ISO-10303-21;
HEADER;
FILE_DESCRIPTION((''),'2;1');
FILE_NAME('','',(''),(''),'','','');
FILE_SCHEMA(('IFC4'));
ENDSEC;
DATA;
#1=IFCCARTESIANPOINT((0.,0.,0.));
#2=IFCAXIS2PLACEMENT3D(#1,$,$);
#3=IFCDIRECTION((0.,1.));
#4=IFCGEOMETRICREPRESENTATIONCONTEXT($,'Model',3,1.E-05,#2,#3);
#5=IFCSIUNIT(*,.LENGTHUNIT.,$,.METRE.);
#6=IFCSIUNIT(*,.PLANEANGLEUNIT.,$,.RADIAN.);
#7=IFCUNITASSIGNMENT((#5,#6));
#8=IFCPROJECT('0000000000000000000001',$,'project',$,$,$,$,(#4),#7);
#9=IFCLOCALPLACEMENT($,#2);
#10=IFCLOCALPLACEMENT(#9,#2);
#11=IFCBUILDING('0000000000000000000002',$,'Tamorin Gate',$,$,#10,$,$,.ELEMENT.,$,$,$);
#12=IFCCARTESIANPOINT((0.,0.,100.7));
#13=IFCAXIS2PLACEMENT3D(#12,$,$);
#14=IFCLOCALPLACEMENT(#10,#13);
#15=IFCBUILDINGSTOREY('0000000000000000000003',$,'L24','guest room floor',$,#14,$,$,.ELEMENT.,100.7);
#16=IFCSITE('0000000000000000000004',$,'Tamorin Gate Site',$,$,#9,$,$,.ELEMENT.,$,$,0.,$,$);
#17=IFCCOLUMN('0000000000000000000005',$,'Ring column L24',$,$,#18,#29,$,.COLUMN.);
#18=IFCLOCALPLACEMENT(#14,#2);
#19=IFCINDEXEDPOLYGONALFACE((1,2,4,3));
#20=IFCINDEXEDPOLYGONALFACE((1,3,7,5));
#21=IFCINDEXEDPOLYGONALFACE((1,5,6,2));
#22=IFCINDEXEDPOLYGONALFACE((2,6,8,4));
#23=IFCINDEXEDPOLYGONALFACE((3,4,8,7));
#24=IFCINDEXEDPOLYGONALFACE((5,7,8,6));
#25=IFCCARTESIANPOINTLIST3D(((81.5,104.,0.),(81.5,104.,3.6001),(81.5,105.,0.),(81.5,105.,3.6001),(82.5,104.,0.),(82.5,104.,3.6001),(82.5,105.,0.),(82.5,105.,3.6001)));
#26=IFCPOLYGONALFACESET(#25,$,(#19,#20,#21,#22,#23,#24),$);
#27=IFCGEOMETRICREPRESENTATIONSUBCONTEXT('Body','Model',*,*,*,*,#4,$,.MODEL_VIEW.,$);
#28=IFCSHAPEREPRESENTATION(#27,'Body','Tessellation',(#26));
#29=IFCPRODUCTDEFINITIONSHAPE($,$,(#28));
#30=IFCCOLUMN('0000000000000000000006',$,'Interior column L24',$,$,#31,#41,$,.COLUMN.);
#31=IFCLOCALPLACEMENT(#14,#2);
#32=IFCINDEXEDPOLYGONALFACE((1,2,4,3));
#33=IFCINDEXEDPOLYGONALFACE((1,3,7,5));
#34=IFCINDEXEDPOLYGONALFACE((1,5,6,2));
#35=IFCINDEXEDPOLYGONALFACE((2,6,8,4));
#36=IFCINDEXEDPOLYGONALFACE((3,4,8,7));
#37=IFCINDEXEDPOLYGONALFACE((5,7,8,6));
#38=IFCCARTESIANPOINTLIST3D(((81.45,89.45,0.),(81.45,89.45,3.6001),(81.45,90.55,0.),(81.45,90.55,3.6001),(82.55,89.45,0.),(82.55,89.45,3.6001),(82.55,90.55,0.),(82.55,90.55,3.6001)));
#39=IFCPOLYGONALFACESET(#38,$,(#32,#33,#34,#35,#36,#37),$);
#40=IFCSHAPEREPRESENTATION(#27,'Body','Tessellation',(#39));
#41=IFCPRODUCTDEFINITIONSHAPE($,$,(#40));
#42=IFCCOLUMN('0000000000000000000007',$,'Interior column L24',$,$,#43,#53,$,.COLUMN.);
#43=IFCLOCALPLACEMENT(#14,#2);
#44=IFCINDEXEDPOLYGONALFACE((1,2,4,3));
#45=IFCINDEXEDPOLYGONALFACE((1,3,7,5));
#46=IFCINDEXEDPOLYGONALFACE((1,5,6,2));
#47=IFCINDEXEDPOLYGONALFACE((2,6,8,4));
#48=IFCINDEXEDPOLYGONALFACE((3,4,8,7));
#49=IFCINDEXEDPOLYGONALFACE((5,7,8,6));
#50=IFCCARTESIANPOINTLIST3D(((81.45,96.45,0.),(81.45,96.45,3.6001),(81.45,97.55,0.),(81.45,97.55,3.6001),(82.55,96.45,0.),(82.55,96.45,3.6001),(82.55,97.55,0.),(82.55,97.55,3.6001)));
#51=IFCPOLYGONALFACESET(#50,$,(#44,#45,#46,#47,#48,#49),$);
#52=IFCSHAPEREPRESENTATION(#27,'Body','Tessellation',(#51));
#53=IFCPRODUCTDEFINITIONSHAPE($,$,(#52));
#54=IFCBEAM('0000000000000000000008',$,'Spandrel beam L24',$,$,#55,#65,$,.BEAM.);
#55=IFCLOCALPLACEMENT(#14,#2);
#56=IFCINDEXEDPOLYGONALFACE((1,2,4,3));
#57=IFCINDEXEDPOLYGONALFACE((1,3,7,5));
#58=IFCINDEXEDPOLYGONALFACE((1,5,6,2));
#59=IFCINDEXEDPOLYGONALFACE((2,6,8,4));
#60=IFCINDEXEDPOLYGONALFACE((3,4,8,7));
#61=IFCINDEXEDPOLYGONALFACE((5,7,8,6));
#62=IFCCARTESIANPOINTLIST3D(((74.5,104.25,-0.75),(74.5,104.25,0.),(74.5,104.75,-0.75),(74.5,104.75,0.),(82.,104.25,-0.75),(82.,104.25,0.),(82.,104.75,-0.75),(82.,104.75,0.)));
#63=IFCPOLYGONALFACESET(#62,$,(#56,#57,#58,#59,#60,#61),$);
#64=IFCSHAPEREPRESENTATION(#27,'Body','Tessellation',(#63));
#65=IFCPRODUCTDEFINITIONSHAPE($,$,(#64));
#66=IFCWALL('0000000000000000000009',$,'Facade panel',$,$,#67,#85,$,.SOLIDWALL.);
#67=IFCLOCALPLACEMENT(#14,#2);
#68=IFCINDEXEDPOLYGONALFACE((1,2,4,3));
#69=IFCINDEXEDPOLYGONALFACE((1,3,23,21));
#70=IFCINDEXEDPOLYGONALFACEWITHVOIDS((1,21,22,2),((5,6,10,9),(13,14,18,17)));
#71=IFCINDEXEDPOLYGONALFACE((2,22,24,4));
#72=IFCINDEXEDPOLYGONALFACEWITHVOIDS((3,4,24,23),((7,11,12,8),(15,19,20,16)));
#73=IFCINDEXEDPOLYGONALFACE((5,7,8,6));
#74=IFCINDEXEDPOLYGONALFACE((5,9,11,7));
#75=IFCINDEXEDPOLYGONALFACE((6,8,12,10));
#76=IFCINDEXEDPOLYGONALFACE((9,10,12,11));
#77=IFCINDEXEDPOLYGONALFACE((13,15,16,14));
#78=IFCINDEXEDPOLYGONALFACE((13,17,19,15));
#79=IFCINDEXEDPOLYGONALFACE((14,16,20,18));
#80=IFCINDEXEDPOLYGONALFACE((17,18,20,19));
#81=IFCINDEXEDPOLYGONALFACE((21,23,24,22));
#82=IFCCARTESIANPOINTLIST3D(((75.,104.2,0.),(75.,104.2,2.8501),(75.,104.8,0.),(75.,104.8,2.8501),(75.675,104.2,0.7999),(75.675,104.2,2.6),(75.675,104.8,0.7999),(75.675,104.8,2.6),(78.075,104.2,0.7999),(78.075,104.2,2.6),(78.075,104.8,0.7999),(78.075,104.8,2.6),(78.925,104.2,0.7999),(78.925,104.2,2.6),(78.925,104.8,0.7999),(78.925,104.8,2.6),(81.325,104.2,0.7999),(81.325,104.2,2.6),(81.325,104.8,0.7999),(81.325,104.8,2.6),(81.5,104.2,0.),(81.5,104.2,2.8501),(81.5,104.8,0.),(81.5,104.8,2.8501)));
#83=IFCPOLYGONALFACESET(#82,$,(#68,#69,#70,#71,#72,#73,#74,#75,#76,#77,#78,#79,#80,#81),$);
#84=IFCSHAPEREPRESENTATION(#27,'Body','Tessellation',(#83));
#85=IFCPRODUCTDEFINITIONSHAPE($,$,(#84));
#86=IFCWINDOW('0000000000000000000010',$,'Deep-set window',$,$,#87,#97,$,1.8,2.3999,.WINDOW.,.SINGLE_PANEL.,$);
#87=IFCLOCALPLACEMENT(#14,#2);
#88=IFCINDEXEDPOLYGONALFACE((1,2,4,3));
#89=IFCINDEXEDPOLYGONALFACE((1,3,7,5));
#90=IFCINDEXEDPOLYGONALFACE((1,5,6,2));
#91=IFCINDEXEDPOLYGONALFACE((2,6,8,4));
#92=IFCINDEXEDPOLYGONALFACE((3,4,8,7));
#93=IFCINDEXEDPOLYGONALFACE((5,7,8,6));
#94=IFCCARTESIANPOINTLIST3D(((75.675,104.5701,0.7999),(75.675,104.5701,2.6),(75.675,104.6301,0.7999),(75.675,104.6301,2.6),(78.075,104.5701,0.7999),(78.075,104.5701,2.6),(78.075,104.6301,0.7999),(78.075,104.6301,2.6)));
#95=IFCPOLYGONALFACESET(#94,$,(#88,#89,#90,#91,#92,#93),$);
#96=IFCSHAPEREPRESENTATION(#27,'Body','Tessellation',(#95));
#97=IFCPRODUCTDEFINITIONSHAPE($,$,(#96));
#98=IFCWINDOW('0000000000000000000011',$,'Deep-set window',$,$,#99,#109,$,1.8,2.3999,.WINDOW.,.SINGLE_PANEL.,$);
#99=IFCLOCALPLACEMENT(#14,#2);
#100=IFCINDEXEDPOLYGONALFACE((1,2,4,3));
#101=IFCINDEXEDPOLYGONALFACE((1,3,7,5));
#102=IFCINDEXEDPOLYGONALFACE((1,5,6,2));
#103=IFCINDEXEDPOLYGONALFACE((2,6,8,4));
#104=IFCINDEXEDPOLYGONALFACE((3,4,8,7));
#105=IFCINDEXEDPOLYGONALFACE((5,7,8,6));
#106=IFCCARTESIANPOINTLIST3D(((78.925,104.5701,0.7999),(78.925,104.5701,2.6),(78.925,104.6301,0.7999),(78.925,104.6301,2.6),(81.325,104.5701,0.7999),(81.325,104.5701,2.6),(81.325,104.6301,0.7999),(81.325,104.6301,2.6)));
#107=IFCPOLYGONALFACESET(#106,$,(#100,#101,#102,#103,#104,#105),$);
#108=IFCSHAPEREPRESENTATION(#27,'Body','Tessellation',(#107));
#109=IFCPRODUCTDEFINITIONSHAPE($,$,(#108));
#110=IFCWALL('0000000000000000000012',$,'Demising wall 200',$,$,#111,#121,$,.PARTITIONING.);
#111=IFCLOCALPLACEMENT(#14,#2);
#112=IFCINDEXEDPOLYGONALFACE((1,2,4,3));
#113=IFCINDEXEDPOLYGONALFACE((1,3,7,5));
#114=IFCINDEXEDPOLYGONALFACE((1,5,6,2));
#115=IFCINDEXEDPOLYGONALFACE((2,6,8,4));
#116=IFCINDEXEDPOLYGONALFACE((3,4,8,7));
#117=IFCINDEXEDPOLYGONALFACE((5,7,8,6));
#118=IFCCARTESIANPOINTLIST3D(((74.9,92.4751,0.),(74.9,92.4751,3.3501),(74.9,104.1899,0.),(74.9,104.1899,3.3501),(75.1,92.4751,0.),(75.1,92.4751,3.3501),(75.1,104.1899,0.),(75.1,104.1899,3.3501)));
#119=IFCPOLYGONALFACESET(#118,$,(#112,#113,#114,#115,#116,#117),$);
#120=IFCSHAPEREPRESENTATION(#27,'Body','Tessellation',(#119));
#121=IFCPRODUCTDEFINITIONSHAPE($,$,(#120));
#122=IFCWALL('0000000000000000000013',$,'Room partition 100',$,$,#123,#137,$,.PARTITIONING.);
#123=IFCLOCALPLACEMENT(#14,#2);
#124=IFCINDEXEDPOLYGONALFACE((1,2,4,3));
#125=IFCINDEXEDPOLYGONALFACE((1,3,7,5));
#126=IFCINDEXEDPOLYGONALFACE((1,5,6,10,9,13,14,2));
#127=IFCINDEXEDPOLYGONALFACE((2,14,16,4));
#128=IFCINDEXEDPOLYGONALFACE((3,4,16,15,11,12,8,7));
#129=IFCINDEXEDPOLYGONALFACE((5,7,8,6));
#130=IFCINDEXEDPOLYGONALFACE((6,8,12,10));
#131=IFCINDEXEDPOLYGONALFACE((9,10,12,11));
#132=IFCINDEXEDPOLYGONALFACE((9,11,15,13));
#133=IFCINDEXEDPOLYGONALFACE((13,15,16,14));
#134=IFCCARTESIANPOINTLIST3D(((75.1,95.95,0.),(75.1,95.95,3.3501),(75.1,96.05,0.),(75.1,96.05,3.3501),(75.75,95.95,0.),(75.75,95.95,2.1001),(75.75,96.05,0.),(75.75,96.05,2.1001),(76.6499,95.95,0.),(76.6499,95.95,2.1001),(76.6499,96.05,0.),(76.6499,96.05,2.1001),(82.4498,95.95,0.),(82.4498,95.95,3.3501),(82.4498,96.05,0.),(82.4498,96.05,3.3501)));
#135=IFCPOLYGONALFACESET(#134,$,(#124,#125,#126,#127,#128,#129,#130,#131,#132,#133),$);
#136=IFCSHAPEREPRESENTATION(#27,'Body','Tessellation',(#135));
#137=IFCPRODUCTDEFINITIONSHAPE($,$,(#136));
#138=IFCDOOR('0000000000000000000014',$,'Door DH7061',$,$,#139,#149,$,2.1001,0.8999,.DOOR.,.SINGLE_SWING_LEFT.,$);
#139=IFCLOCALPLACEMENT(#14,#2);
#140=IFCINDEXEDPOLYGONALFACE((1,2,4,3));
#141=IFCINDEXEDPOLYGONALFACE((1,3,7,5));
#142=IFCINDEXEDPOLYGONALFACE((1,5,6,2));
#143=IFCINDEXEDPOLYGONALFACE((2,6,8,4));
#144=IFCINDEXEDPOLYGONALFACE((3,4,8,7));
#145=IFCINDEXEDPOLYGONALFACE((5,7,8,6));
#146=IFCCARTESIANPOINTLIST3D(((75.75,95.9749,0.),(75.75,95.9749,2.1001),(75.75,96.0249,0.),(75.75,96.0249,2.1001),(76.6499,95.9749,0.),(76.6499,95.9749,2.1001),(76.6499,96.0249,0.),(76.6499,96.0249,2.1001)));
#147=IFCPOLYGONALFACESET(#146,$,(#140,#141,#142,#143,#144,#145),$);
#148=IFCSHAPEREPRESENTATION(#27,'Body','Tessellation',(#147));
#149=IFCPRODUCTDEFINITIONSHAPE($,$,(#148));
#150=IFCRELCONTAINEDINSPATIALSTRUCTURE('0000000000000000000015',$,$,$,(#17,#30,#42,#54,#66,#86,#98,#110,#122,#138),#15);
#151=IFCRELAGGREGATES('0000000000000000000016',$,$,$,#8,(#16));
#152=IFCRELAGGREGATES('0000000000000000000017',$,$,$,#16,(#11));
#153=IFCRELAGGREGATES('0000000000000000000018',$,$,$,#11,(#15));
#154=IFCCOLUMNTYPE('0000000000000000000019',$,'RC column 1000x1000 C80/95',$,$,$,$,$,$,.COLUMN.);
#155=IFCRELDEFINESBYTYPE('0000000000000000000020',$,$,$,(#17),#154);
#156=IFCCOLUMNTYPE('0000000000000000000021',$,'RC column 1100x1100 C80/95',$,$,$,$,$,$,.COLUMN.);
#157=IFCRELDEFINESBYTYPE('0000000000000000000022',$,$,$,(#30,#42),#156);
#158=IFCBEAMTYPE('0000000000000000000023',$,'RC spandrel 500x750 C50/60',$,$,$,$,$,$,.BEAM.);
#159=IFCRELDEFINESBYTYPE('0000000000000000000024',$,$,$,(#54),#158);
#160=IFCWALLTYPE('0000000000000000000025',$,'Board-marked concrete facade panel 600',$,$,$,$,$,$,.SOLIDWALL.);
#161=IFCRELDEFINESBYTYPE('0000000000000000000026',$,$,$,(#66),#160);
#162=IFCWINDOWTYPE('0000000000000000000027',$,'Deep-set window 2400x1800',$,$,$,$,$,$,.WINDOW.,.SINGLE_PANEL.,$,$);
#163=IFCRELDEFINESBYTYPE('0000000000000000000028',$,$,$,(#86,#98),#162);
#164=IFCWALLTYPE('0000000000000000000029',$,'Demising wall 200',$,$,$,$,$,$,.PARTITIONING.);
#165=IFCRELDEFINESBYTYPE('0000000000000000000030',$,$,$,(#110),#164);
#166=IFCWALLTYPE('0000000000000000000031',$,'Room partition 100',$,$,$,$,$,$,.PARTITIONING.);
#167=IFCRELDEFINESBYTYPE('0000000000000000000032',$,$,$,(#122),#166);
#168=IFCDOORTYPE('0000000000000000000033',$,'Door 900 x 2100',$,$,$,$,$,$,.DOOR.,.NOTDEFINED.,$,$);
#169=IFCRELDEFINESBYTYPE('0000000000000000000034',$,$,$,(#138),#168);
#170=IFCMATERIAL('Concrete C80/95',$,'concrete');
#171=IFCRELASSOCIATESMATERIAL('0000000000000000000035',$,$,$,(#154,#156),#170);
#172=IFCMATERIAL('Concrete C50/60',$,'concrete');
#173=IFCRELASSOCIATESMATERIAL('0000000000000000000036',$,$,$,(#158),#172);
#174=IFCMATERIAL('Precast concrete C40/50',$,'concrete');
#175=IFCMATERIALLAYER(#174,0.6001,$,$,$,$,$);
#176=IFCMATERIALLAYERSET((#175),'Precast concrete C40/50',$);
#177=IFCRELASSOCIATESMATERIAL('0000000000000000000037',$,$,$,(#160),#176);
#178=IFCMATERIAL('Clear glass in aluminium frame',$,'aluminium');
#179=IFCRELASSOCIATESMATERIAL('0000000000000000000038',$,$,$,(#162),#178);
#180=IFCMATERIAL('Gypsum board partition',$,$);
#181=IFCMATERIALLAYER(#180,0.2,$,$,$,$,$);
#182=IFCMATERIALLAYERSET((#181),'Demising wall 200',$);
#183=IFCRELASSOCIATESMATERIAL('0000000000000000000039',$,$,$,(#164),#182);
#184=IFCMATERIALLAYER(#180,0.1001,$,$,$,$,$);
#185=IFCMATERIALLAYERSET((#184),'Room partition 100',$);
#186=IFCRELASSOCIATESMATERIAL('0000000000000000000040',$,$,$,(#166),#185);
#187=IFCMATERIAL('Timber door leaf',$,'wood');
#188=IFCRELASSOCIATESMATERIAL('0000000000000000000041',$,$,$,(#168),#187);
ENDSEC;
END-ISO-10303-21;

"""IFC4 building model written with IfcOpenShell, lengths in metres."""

from ifc_helpers import new_model, si_unit, direction, frame, frame_2d, origin, origin_2d, place, context, subcontext, project, spatial, rectangle, extrude, material, layer, layer_set, material_profile, profile_set, type_object, element, fill, save


model = new_model("IFC4")

# Units and contexts
model_context = context("Model", 3, precision=1e-05, world=origin(), true_north=direction((0.0, 1.0)))
body_context = subcontext(model_context, "Body", "Model", "MODEL_VIEW")
ifc_project = project(units=[si_unit("LENGTHUNIT", "METRE"), si_unit("PLANEANGLEUNIT", "RADIAN")], contexts=[model_context])

# Site, building, storey
site_placement = place(None, origin())
site = spatial("IfcSite", under=ifc_project, at=site_placement, Name="Tamorin Gate Site", CompositionType="ELEMENT", RefElevation=0.0)
building_placement = place(site_placement, origin())
building = spatial("IfcBuilding", under=site, at=building_placement, Name="Tamorin Gate", CompositionType="ELEMENT")
storey_placement = place(building_placement, frame((0.0, 0.0, 100.7)))
storey = spatial("IfcBuildingStorey", under=building, at=storey_placement, Name="L24", Description="guest room floor", CompositionType="ELEMENT", Elevation=100.7)

# Columns
ifc_material_1 = material(Name="Concrete C80/95", Category="concrete")
ifc_material_profile_1 = material_profile(ifc_material_1, rectangle(XDim=1.0, YDim=1.0, at=origin_2d()), Name="RC 1000x1000")
ifc_profile_set_1 = profile_set([ifc_material_profile_1], Name="Concrete C80/95")
column_type_1 = type_object("IfcColumnType", Name="RC column 1000x1000 C80/95", PredefinedType="COLUMN", material=ifc_profile_set_1)
column_placement = place(storey_placement, frame((82.0, 104.5, 0.0), z_axis=(0.0, 0.0, 1.0), x_axis=(1.0, 0.0, 0.0)))
element("IfcColumn", 1, at=column_placement, inside=storey, type_object=column_type_1, Name="Ring column L24", PredefinedType="COLUMN", context=body_context, shape_type="SweptSolid", body=[
    extrude(rectangle(XDim=1.0, YDim=1.0, at=origin_2d()), origin(), (0.0, 0.0, 1.0), 3.6001),
])
ifc_material_profile_2 = material_profile(ifc_material_1, rectangle(XDim=1.1001, YDim=1.1001, at=origin_2d()), Name="RC 1100x1100")
ifc_profile_set_2 = profile_set([ifc_material_profile_2], Name="Concrete C80/95")
column_type_2 = type_object("IfcColumnType", Name="RC column 1100x1100 C80/95", PredefinedType="COLUMN", material=ifc_profile_set_2)
for number, where, z_axis, x_axis, name in (
    (2, (82.0, 90.0, 0.0), (0.0, 0.0, 1.0), (1.0, 0.0, 0.0), "Interior column L24"),
    (3, (82.0, 97.0, 0.0), (0.0, 0.0, 1.0), (1.0, 0.0, 0.0), "Interior column L24"),
):
    element("IfcColumn", number, at=place(storey_placement, frame(where, z_axis=z_axis, x_axis=x_axis)), inside=storey, type_object=column_type_2, Name=name, PredefinedType="COLUMN", context=body_context, shape_type="SweptSolid", body=[
        extrude(rectangle(XDim=1.1001, YDim=1.1001, at=origin_2d()), origin(), (0.0, 0.0, 1.0), 3.6001),
    ])

# Beam
ifc_material_2 = material(Name="Concrete C50/60", Category="concrete")
ifc_material_profile_3 = material_profile(ifc_material_2, rectangle(XDim=0.5, YDim=0.75, at=origin_2d()), Name="RC 500x750")
ifc_profile_set_3 = profile_set([ifc_material_profile_3], Name="Concrete C50/60")
beam_type = type_object("IfcBeamType", Name="RC spandrel 500x750 C50/60", PredefinedType="BEAM", material=ifc_profile_set_3)
beam_placement = place(storey_placement, frame((82.0, 104.5, -0.375), z_axis=(-1.0, 0.0, 0.0), x_axis=(0.0, -1.0, 0.0)))
element("IfcBeam", 4, at=beam_placement, inside=storey, type_object=beam_type, Name="Spandrel beam L24", PredefinedType="BEAM", context=body_context, shape_type="SweptSolid", body=[
    extrude(rectangle(XDim=0.5, YDim=0.75, at=origin_2d()), origin(), (0.0, 0.0, 1.0), 7.5),
])

# Wall, openings, windows
ifc_material_3 = material(Name="Precast concrete C40/50", Category="concrete")
ifc_layer_1 = layer(ifc_material_3, 0.6001)
ifc_layer_set_1 = layer_set([ifc_layer_1], Name="Precast concrete C40/50")
wall_type_1 = type_object("IfcWallType", Name="Board-marked concrete facade panel 600", PredefinedType="SOLIDWALL", material=ifc_layer_set_1)
wall_1_placement = place(storey_placement, frame((81.5, 104.5, 0.0), z_axis=(0.0, 0.0, 1.0), x_axis=(-1.0, 0.0, 0.0)))
wall_1 = element("IfcWall", 5, at=wall_1_placement, inside=storey, type_object=wall_type_1, Name="Facade panel", PredefinedType="SOLIDWALL", context=body_context, shape_type="SweptSolid", body=[
    extrude(rectangle(XDim=6.5, YDim=0.6001, at=frame_2d((3.25, 0.0))), origin(), (0.0, 0.0, 1.0), 2.8501),
])
opening_1_placement = place(wall_1_placement, frame((3.425, 0.0, 0.8)))
opening_1 = element("IfcOpeningElement", 6, at=opening_1_placement, cuts=wall_1, PredefinedType="OPENING", context=body_context, shape_type="SweptSolid", body=[
    extrude(rectangle(XDim=2.3999, YDim=1.8, at=frame_2d((1.2, 0.8999))), frame((0.0, 0.3101, 0.0), z_axis=(0.0, -1.0, 0.0), x_axis=(1.0, 0.0, 0.0)), (0.0, 0.0, 1.0), 0.6201),
])
opening_2_placement = place(wall_1_placement, frame((0.175, 0.0, 0.8)))
opening_2 = element("IfcOpeningElement", 7, at=opening_2_placement, cuts=wall_1, PredefinedType="OPENING", context=body_context, shape_type="SweptSolid", body=[
    extrude(rectangle(XDim=2.3999, YDim=1.8, at=frame_2d((1.2, 0.8999))), frame((0.0, 0.3101, 0.0), z_axis=(0.0, -1.0, 0.0), x_axis=(1.0, 0.0, 0.0)), (0.0, 0.0, 1.0), 0.6201),
])
ifc_material_4 = material(Name="Clear glass in aluminium frame", Category="aluminium")
window_type = type_object("IfcWindowType", Name="Deep-set window 2400x1800", PartitioningType="SINGLE_PANEL", PredefinedType="WINDOW", material=ifc_material_4)
window_1_placement = place(opening_1_placement, origin())
window_1 = element("IfcWindow", 8, at=window_1_placement, inside=storey, type_object=window_type, Name="Deep-set window", OverallHeight=1.8, OverallWidth=2.3999, PartitioningType="SINGLE_PANEL", PredefinedType="WINDOW", context=body_context, shape_type="SweptSolid", body=[
    extrude(rectangle(XDim=2.3999, YDim=1.8, at=frame_2d((1.2, 0.8999))), frame((0.0, -0.0701, 0.0), z_axis=(0.0, -1.0, 0.0), x_axis=(1.0, 0.0, 0.0)), (0.0, 0.0, 1.0), 0.0601),
])
fill(opening_1, window_1)
window_2_placement = place(opening_2_placement, origin())
window_2 = element("IfcWindow", 9, at=window_2_placement, inside=storey, type_object=window_type, Name="Deep-set window", OverallHeight=1.8, OverallWidth=2.3999, PartitioningType="SINGLE_PANEL", PredefinedType="WINDOW", context=body_context, shape_type="SweptSolid", body=[
    extrude(rectangle(XDim=2.3999, YDim=1.8, at=frame_2d((1.2, 0.8999))), frame((0.0, -0.0701, 0.0), z_axis=(0.0, -1.0, 0.0), x_axis=(1.0, 0.0, 0.0)), (0.0, 0.0, 1.0), 0.0601),
])
fill(opening_2, window_2)

# Wall
ifc_material_5 = material(Name="Gypsum board partition")
ifc_layer_2 = layer(ifc_material_5, 0.2)
ifc_layer_set_2 = layer_set([ifc_layer_2], Name="Demising wall 200")
wall_type_2 = type_object("IfcWallType", Name="Demising wall 200", PredefinedType="PARTITIONING", material=ifc_layer_set_2)
wall_2_placement = place(storey_placement, frame((75.0, 92.4751, 0.0), z_axis=(0.0, 0.0, 1.0), x_axis=(0.0, 1.0, 0.0)))
element("IfcWall", 10, at=wall_2_placement, inside=storey, type_object=wall_type_2, Name="Demising wall 200", PredefinedType="PARTITIONING", context=body_context, shape_type="SweptSolid", body=[
    extrude(rectangle(XDim=11.7148, YDim=0.2, at=frame_2d((5.8574, 0.0))), origin(), (0.0, 0.0, 1.0), 3.3501),
])

# Wall, opening, door
ifc_layer_3 = layer(ifc_material_5, 0.1001)
ifc_layer_set_3 = layer_set([ifc_layer_3], Name="Room partition 100")
wall_type_3 = type_object("IfcWallType", Name="Room partition 100", PredefinedType="PARTITIONING", material=ifc_layer_set_3)
wall_3_placement = place(storey_placement, frame((75.1001, 96.0, 0.0), z_axis=(0.0, 0.0, 1.0), x_axis=(1.0, 0.0, 0.0)))
wall_3 = element("IfcWall", 11, at=wall_3_placement, inside=storey, type_object=wall_type_3, Name="Room partition 100", PredefinedType="PARTITIONING", context=body_context, shape_type="SweptSolid", body=[
    extrude(rectangle(XDim=7.3499, YDim=0.1001, at=frame_2d((3.6748, 0.0))), origin(), (0.0, 0.0, 1.0), 3.3501),
])
opening_3_placement = place(wall_3_placement, frame((0.6499, 0.0, 0.0)))
opening_3 = element("IfcOpeningElement", 12, at=opening_3_placement, cuts=wall_3, PredefinedType="OPENING", context=body_context, shape_type="SweptSolid", body=[
    extrude(rectangle(XDim=0.8999, YDim=2.1001, at=frame_2d((0.45, 1.05))), frame((0.0, 0.0601, 0.0), z_axis=(0.0, -1.0, 0.0), x_axis=(1.0, 0.0, 0.0)), (0.0, 0.0, 1.0), 0.1201),
])
ifc_material_6 = material(Name="Timber door leaf", Category="wood")
door_type = type_object("IfcDoorType", Name="Door 900 x 2100", OperationType="NOTDEFINED", PredefinedType="DOOR", material=ifc_material_6)
door_1_placement = place(opening_3_placement, origin())
door_1 = element("IfcDoor", 13, at=door_1_placement, inside=storey, type_object=door_type, Name="Door DH7061", OperationType="SINGLE_SWING_LEFT", OverallHeight=2.1001, OverallWidth=0.8999, PredefinedType="DOOR", context=body_context, shape_type="SweptSolid", body=[
    extrude(rectangle(XDim=0.8999, YDim=2.1001, at=frame_2d((0.45, 1.05))), frame((0.0, 0.0249, 0.0), z_axis=(0.0, -1.0, 0.0), x_axis=(1.0, 0.0, 0.0)), (0.0, 0.0, 1.0), 0.05),
])
fill(opening_3, door_1)

save(model, "model.ifc")
